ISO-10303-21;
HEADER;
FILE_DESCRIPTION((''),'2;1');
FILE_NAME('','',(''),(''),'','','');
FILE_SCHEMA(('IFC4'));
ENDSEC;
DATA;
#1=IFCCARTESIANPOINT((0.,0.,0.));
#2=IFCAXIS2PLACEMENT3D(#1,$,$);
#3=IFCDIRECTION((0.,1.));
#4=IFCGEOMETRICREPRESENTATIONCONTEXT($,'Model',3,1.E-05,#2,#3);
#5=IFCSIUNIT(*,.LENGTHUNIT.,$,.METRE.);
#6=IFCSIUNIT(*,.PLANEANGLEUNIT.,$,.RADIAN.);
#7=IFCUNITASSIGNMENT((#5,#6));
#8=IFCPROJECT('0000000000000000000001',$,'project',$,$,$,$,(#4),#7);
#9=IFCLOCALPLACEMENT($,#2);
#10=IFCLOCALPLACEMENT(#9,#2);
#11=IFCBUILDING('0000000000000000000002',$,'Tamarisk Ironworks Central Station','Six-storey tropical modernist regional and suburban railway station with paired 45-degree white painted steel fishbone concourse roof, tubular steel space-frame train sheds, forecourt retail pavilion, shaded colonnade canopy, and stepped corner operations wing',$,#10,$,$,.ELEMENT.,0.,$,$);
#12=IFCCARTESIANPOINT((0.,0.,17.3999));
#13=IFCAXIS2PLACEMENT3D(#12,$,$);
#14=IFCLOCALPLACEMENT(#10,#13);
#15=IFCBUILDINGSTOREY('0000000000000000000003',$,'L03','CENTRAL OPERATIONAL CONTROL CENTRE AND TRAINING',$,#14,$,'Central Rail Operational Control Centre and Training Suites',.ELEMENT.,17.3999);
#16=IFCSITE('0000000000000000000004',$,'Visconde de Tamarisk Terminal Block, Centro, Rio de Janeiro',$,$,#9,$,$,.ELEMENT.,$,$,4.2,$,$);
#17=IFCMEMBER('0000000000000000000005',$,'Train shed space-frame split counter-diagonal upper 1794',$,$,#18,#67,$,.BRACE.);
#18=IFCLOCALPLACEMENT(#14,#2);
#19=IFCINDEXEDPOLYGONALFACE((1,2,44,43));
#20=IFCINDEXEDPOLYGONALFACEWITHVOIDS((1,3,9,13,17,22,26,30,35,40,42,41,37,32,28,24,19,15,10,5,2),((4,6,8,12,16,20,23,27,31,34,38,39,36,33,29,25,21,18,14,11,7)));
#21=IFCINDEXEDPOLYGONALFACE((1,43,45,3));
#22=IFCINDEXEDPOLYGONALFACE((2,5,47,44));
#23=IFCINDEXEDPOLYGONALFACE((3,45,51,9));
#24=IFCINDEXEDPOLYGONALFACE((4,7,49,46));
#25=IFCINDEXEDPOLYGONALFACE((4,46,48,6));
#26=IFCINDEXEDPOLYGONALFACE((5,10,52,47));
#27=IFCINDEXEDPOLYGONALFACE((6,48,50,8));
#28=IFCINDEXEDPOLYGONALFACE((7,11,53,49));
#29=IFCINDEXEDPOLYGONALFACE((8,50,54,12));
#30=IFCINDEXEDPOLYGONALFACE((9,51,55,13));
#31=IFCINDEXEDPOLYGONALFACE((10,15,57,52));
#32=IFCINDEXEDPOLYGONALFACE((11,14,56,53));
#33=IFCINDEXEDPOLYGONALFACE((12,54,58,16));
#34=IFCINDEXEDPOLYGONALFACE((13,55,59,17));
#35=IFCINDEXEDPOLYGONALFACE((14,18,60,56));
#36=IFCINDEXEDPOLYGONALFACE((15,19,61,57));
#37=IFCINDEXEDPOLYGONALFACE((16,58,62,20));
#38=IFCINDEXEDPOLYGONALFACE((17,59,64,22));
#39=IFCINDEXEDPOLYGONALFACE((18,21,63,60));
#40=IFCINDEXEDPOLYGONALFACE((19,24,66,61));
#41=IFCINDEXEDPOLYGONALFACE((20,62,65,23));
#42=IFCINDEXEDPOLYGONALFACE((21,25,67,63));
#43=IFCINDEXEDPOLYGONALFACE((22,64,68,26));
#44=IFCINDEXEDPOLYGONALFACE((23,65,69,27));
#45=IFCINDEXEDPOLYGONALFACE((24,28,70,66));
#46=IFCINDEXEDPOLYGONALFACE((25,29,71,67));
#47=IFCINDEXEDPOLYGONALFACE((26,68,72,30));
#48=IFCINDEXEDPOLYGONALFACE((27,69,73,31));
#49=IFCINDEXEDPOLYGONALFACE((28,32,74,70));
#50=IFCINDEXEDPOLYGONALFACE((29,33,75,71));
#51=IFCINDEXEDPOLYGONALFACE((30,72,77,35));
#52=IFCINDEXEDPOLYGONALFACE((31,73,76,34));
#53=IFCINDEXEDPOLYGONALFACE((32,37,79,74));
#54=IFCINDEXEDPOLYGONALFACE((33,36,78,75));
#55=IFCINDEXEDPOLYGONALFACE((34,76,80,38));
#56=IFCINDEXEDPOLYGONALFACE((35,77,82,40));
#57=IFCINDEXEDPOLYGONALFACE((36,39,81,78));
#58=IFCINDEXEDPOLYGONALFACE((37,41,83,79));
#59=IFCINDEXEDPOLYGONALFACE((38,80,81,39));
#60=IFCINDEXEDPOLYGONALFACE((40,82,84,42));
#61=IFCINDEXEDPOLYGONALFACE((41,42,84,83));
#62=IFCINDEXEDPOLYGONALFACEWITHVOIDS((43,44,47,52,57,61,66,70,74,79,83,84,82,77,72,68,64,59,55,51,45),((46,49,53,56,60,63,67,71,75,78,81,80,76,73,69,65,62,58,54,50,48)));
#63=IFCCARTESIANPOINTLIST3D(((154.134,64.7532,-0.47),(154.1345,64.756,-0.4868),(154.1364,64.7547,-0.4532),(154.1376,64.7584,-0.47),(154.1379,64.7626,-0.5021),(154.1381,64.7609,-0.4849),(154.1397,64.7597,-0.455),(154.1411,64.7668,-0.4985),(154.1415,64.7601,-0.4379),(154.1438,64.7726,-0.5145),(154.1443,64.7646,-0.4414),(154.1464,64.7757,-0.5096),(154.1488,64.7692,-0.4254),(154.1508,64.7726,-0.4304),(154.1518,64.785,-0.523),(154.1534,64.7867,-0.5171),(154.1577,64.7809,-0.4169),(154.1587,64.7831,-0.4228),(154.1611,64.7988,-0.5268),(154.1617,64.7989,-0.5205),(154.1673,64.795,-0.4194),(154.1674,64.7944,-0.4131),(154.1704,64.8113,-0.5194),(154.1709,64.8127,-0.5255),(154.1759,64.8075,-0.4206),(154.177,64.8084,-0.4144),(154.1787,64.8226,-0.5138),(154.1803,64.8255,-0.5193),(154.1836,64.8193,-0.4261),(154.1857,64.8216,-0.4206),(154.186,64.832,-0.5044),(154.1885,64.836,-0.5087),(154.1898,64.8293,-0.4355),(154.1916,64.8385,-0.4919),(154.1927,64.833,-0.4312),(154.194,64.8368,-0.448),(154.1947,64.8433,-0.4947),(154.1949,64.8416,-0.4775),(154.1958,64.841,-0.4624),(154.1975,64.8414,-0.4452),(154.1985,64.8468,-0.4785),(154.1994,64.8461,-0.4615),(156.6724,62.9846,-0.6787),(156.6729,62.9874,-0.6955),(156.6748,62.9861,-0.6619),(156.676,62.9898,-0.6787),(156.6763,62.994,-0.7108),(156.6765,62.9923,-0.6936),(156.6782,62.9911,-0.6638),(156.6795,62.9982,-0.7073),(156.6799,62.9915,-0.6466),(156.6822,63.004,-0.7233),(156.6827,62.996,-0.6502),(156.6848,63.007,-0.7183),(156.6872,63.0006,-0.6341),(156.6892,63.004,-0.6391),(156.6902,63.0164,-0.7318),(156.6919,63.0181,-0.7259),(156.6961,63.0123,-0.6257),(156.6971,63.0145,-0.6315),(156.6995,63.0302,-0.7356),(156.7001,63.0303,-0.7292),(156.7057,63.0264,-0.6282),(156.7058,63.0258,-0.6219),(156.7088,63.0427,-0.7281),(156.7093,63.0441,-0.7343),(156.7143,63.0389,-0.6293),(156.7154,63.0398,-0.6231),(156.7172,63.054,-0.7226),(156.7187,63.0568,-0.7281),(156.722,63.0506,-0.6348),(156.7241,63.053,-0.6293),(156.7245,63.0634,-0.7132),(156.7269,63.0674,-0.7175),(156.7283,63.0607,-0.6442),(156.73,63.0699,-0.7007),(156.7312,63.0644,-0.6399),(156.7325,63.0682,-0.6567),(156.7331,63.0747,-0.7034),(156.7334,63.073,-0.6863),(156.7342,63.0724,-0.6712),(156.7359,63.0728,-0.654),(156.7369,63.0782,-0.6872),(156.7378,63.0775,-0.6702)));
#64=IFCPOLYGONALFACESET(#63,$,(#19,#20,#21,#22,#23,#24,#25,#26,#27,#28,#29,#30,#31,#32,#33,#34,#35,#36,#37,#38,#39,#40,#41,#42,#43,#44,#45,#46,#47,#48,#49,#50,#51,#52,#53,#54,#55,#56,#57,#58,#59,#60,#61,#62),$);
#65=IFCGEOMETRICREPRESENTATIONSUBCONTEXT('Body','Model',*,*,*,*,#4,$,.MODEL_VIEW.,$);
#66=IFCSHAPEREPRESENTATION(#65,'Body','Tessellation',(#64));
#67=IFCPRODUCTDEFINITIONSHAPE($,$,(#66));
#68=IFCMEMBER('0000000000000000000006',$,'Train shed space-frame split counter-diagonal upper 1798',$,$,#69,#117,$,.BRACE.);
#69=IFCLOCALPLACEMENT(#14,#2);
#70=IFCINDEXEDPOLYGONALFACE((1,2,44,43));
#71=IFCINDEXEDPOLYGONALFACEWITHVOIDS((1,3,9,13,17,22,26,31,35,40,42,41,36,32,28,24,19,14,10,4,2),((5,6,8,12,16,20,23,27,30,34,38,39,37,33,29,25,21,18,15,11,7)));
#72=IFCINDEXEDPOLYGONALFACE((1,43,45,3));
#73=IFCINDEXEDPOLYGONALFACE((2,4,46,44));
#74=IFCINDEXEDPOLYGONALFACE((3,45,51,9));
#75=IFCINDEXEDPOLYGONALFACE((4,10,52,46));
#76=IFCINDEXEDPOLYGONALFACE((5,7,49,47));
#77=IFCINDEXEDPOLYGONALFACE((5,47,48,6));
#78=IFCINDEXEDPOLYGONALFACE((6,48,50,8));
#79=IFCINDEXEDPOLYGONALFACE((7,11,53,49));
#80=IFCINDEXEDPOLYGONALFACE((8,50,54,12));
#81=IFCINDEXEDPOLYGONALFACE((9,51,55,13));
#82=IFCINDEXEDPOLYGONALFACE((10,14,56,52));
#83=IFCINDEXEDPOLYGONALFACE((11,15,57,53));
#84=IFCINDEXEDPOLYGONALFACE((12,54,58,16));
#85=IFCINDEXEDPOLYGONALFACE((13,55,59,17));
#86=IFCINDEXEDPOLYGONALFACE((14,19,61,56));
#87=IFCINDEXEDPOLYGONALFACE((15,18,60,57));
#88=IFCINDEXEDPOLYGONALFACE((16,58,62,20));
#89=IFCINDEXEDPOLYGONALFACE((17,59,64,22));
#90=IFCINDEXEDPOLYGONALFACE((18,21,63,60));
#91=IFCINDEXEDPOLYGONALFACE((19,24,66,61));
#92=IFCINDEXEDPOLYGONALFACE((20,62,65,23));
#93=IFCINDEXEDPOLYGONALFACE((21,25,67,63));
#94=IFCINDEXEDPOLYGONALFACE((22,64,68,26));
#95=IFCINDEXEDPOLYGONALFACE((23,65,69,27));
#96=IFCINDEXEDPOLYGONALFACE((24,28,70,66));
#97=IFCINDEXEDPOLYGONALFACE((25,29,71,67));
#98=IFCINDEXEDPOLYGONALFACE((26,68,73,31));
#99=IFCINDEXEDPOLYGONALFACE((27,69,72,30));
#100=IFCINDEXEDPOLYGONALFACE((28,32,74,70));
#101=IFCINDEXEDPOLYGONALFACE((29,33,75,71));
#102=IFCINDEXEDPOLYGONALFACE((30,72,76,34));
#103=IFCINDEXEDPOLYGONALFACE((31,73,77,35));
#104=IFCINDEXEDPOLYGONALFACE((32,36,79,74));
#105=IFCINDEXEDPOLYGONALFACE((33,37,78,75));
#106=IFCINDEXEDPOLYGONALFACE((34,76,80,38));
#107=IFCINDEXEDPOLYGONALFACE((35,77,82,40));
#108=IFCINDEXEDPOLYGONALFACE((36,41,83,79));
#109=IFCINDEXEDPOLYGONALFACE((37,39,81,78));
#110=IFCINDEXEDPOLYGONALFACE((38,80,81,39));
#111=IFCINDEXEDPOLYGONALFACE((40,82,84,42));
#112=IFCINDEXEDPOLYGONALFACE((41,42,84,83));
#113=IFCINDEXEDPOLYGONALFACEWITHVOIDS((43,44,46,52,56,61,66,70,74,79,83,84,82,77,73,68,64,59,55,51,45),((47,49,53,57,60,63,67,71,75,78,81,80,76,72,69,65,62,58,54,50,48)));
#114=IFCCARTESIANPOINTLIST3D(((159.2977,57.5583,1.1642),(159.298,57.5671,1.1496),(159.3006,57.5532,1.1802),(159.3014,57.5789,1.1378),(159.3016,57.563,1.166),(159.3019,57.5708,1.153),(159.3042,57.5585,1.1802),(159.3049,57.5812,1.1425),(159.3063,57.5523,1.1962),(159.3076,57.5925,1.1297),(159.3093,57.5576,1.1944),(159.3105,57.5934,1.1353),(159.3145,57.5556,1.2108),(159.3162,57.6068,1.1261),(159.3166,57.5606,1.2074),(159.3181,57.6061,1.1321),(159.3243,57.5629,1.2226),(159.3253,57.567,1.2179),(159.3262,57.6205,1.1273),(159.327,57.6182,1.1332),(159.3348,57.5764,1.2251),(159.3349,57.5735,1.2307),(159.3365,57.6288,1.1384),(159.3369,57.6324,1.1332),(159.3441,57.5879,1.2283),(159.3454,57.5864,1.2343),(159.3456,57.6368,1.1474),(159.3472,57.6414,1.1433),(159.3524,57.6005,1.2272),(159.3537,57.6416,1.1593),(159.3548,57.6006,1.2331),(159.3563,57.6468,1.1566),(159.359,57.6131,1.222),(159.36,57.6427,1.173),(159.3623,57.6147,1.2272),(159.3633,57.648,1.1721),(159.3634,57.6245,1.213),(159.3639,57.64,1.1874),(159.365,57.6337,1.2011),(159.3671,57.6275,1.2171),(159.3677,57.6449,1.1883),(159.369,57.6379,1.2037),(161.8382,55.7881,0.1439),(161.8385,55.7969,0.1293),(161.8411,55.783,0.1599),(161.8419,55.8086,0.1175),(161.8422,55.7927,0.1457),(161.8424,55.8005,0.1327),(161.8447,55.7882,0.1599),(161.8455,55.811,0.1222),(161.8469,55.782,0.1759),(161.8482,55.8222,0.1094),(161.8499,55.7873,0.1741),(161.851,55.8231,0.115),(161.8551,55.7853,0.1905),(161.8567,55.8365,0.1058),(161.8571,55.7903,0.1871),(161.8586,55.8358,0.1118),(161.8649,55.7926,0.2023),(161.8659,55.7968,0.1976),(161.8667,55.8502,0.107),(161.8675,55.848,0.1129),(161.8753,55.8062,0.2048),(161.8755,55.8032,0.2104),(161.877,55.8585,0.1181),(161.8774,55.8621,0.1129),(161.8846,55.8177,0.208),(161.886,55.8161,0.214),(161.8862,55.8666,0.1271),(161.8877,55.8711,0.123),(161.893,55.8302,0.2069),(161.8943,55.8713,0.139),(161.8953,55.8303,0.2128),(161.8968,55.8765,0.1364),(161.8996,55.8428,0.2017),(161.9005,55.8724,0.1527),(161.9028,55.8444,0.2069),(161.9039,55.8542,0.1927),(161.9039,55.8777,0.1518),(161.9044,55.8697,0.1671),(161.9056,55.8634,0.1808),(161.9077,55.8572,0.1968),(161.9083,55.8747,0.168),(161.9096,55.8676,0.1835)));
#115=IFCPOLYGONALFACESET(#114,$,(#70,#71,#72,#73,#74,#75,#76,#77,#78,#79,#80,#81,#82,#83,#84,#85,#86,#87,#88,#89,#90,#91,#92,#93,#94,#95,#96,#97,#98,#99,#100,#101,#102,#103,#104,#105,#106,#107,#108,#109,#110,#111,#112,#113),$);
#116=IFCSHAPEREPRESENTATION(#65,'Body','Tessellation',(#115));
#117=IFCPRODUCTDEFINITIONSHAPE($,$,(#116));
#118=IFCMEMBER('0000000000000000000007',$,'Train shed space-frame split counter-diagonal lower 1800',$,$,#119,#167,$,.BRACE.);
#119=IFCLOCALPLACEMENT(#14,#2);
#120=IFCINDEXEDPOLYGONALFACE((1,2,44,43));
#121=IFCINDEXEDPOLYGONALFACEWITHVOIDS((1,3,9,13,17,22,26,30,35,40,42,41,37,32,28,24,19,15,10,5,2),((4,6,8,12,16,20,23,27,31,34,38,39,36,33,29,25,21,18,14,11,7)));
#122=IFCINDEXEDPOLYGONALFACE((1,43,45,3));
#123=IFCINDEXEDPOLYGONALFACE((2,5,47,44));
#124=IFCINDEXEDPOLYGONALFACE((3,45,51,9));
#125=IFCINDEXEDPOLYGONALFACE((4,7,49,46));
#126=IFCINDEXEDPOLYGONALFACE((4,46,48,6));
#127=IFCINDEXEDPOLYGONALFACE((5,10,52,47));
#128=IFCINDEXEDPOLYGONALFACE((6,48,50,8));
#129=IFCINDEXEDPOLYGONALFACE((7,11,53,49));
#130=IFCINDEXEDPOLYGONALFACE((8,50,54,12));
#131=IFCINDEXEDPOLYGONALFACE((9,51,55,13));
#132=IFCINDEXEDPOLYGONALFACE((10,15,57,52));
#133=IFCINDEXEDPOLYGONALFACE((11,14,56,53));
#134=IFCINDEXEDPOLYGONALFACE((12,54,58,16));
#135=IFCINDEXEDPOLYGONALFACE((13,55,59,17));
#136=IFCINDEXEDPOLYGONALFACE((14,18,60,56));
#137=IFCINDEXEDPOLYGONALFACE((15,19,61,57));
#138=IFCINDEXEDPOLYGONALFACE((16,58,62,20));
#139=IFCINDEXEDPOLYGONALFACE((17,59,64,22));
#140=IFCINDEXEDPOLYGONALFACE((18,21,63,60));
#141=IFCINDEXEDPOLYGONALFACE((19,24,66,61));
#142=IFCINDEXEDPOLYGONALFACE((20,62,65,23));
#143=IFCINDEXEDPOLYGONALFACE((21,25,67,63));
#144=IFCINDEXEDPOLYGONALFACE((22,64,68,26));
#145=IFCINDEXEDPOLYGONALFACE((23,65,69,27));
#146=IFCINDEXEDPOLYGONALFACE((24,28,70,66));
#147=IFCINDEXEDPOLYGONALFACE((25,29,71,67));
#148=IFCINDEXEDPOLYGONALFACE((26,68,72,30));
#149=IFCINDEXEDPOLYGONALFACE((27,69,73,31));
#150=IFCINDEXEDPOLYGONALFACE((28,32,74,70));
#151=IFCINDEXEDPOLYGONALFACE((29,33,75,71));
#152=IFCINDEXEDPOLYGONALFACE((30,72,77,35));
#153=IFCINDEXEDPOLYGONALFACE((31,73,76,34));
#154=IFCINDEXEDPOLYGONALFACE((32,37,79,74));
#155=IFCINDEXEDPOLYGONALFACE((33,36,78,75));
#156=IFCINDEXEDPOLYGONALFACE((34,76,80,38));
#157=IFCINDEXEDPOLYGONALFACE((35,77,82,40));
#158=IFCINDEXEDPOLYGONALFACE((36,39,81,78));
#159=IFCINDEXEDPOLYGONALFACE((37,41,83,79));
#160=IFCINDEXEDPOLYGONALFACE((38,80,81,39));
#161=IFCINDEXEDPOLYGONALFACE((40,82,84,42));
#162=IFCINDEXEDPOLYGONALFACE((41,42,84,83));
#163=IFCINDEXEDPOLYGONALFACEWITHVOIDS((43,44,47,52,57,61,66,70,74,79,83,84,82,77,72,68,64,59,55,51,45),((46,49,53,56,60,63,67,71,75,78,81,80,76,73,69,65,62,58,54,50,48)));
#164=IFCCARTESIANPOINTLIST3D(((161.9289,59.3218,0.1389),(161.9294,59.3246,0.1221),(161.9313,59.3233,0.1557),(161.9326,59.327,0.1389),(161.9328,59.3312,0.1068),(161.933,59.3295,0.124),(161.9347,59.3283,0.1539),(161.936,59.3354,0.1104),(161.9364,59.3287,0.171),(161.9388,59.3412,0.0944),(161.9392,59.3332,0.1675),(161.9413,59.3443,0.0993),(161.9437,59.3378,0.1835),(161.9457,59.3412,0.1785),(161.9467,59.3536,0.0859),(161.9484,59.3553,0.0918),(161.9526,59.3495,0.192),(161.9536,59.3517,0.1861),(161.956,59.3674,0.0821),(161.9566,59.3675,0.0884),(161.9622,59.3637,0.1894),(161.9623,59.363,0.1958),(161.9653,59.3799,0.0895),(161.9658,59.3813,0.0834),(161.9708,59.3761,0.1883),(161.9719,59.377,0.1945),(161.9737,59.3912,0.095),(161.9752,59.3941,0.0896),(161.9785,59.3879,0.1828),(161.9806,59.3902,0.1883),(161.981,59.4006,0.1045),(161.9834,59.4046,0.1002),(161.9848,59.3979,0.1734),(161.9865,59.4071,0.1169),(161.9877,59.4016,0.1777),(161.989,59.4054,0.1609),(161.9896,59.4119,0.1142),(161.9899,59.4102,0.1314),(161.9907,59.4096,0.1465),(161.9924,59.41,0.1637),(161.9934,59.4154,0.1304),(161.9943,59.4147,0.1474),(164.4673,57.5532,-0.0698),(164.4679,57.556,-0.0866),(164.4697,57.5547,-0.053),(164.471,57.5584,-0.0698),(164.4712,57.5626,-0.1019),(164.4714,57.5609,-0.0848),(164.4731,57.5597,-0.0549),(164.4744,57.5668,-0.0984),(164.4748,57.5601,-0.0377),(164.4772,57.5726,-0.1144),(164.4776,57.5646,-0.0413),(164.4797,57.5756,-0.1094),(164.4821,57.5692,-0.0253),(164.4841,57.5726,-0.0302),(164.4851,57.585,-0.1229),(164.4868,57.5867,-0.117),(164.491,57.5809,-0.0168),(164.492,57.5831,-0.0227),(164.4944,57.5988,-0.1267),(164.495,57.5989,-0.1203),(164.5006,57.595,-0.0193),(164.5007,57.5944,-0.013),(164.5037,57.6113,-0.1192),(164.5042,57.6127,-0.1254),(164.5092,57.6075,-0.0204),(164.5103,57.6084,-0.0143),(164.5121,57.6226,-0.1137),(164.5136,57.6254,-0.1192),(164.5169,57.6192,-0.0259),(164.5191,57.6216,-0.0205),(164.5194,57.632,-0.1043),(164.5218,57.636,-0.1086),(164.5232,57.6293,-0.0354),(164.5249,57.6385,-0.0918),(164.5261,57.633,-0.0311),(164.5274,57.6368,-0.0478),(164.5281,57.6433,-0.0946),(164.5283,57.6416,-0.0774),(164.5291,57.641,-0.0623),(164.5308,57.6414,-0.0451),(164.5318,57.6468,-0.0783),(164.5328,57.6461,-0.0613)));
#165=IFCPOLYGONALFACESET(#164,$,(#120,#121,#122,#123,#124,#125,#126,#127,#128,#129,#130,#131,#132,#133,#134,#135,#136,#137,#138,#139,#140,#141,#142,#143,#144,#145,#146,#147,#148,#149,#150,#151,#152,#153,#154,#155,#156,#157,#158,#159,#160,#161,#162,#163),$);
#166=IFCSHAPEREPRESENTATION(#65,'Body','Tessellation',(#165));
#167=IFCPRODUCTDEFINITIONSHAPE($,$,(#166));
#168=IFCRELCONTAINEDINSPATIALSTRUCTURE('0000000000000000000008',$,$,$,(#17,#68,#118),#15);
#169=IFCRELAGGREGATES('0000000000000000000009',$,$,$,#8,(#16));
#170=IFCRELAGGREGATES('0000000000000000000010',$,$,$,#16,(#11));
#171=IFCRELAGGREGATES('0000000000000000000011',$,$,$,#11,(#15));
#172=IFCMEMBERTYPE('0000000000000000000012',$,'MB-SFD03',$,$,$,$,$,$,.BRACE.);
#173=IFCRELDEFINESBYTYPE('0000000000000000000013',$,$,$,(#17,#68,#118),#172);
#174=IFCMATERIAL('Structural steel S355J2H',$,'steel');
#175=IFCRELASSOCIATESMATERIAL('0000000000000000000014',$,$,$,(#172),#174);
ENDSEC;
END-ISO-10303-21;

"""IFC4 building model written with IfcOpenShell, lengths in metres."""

from ifc_helpers import new_model, si_unit, direction, frame, origin, origin_2d, place, context, subcontext, project, spatial, hollow_circle, extrude, material, material_profile, profile_set, type_object, element, save


model = new_model("IFC4")

# Units and contexts
model_context = context("Model", 3, precision=1e-05, world=origin(), true_north=direction((0.0, 1.0)))
body_context = subcontext(model_context, "Body", "Model", "MODEL_VIEW")
ifc_project = project(units=[si_unit("LENGTHUNIT", "METRE"), si_unit("PLANEANGLEUNIT", "RADIAN")], contexts=[model_context])

# Site, building, storey
site_placement = place(None, origin())
site = spatial("IfcSite", under=ifc_project, at=site_placement, Name="Visconde de Tamarisk Terminal Block, Centro, Rio de Janeiro", CompositionType="ELEMENT", RefElevation=4.2)
building_placement = place(site_placement, origin())
building = spatial("IfcBuilding", under=site, at=building_placement, Name="Tamarisk Ironworks Central Station", Description="Six-storey tropical modernist regional and suburban railway station with paired 45-degree white painted steel fishbone concourse roof, tubular steel space-frame train sheds, forecourt retail pavilion, shaded colonnade canopy, and stepped corner operations wing", CompositionType="ELEMENT", ElevationOfRefHeight=0.0)
storey_placement = place(building_placement, frame((0.0, 0.0, 17.3999)))
storey = spatial("IfcBuildingStorey", under=building, at=storey_placement, Name="L03", Description="CENTRAL OPERATIONAL CONTROL CENTRE AND TRAINING", LongName="Central Rail Operational Control Centre and Training Suites", CompositionType="ELEMENT", Elevation=17.3999)

# Members
ifc_material = material(Name="Structural steel S355J2H", Category="steel")
ifc_material_profile_1 = material_profile(ifc_material, hollow_circle(Radius=0.0571, WallThickness=0.0063, at=origin_2d()), Name="CHS 114.3x6.3")
ifc_profile_set_1 = profile_set([ifc_material_profile_1], Name="Structural steel S355J2H")
member_type_1 = type_object("IfcMemberType", Name="MB-SFD03", PredefinedType="BRACE", material=ifc_profile_set_1)
for number, where, z_axis, x_axis, name in (
    (1, (156.7051, 63.0315, -0.6787), (-0.818625, 0.570369, 0.06732), (-0.571666, -0.820487, 0.0), "Train shed space-frame split counter-diagonal upper 1794"),
):
    element("IfcMember", number, at=place(storey_placement, frame(where, z_axis=z_axis, x_axis=x_axis)), inside=storey, type_object=member_type_1, Name=name, PredefinedType="BRACE", context=body_context, shape_type="SweptSolid", body=[
        extrude(hollow_circle(Radius=0.0571, WallThickness=0.0063, at=origin_2d()), origin(), (0.0, 0.0, 1.0), 3.1008),
    ])
member_1_placement = place(storey_placement, frame((161.8738, 55.8298, 0.1599), z_axis=(-0.77925, 0.542989, 0.312943), x_axis=(-0.571704, -0.82046, 0.0)))
element("IfcMember", 2, at=member_1_placement, inside=storey, type_object=member_type_1, Name="Train shed space-frame split counter-diagonal upper 1798", PredefinedType="BRACE", context=body_context, shape_type="SweptSolid", body=[
    extrude(hollow_circle(Radius=0.0571, WallThickness=0.0063, at=origin_2d()), origin(), (0.0, 0.0, 1.0), 3.2603),
])
for number, where, z_axis, x_axis, name in (
    (3, (164.5, 57.6001, -0.0698), (-0.818625, 0.570369, 0.06732), (-0.571666, -0.820487, 0.0), "Train shed space-frame split counter-diagonal lower 1800"),
):
    element("IfcMember", number, at=place(storey_placement, frame(where, z_axis=z_axis, x_axis=x_axis)), inside=storey, type_object=member_type_1, Name=name, PredefinedType="BRACE", context=body_context, shape_type="SweptSolid", body=[
        extrude(hollow_circle(Radius=0.0571, WallThickness=0.0063, at=origin_2d()), origin(), (0.0, 0.0, 1.0), 3.1008),
    ])

save(model, "model.ifc")
